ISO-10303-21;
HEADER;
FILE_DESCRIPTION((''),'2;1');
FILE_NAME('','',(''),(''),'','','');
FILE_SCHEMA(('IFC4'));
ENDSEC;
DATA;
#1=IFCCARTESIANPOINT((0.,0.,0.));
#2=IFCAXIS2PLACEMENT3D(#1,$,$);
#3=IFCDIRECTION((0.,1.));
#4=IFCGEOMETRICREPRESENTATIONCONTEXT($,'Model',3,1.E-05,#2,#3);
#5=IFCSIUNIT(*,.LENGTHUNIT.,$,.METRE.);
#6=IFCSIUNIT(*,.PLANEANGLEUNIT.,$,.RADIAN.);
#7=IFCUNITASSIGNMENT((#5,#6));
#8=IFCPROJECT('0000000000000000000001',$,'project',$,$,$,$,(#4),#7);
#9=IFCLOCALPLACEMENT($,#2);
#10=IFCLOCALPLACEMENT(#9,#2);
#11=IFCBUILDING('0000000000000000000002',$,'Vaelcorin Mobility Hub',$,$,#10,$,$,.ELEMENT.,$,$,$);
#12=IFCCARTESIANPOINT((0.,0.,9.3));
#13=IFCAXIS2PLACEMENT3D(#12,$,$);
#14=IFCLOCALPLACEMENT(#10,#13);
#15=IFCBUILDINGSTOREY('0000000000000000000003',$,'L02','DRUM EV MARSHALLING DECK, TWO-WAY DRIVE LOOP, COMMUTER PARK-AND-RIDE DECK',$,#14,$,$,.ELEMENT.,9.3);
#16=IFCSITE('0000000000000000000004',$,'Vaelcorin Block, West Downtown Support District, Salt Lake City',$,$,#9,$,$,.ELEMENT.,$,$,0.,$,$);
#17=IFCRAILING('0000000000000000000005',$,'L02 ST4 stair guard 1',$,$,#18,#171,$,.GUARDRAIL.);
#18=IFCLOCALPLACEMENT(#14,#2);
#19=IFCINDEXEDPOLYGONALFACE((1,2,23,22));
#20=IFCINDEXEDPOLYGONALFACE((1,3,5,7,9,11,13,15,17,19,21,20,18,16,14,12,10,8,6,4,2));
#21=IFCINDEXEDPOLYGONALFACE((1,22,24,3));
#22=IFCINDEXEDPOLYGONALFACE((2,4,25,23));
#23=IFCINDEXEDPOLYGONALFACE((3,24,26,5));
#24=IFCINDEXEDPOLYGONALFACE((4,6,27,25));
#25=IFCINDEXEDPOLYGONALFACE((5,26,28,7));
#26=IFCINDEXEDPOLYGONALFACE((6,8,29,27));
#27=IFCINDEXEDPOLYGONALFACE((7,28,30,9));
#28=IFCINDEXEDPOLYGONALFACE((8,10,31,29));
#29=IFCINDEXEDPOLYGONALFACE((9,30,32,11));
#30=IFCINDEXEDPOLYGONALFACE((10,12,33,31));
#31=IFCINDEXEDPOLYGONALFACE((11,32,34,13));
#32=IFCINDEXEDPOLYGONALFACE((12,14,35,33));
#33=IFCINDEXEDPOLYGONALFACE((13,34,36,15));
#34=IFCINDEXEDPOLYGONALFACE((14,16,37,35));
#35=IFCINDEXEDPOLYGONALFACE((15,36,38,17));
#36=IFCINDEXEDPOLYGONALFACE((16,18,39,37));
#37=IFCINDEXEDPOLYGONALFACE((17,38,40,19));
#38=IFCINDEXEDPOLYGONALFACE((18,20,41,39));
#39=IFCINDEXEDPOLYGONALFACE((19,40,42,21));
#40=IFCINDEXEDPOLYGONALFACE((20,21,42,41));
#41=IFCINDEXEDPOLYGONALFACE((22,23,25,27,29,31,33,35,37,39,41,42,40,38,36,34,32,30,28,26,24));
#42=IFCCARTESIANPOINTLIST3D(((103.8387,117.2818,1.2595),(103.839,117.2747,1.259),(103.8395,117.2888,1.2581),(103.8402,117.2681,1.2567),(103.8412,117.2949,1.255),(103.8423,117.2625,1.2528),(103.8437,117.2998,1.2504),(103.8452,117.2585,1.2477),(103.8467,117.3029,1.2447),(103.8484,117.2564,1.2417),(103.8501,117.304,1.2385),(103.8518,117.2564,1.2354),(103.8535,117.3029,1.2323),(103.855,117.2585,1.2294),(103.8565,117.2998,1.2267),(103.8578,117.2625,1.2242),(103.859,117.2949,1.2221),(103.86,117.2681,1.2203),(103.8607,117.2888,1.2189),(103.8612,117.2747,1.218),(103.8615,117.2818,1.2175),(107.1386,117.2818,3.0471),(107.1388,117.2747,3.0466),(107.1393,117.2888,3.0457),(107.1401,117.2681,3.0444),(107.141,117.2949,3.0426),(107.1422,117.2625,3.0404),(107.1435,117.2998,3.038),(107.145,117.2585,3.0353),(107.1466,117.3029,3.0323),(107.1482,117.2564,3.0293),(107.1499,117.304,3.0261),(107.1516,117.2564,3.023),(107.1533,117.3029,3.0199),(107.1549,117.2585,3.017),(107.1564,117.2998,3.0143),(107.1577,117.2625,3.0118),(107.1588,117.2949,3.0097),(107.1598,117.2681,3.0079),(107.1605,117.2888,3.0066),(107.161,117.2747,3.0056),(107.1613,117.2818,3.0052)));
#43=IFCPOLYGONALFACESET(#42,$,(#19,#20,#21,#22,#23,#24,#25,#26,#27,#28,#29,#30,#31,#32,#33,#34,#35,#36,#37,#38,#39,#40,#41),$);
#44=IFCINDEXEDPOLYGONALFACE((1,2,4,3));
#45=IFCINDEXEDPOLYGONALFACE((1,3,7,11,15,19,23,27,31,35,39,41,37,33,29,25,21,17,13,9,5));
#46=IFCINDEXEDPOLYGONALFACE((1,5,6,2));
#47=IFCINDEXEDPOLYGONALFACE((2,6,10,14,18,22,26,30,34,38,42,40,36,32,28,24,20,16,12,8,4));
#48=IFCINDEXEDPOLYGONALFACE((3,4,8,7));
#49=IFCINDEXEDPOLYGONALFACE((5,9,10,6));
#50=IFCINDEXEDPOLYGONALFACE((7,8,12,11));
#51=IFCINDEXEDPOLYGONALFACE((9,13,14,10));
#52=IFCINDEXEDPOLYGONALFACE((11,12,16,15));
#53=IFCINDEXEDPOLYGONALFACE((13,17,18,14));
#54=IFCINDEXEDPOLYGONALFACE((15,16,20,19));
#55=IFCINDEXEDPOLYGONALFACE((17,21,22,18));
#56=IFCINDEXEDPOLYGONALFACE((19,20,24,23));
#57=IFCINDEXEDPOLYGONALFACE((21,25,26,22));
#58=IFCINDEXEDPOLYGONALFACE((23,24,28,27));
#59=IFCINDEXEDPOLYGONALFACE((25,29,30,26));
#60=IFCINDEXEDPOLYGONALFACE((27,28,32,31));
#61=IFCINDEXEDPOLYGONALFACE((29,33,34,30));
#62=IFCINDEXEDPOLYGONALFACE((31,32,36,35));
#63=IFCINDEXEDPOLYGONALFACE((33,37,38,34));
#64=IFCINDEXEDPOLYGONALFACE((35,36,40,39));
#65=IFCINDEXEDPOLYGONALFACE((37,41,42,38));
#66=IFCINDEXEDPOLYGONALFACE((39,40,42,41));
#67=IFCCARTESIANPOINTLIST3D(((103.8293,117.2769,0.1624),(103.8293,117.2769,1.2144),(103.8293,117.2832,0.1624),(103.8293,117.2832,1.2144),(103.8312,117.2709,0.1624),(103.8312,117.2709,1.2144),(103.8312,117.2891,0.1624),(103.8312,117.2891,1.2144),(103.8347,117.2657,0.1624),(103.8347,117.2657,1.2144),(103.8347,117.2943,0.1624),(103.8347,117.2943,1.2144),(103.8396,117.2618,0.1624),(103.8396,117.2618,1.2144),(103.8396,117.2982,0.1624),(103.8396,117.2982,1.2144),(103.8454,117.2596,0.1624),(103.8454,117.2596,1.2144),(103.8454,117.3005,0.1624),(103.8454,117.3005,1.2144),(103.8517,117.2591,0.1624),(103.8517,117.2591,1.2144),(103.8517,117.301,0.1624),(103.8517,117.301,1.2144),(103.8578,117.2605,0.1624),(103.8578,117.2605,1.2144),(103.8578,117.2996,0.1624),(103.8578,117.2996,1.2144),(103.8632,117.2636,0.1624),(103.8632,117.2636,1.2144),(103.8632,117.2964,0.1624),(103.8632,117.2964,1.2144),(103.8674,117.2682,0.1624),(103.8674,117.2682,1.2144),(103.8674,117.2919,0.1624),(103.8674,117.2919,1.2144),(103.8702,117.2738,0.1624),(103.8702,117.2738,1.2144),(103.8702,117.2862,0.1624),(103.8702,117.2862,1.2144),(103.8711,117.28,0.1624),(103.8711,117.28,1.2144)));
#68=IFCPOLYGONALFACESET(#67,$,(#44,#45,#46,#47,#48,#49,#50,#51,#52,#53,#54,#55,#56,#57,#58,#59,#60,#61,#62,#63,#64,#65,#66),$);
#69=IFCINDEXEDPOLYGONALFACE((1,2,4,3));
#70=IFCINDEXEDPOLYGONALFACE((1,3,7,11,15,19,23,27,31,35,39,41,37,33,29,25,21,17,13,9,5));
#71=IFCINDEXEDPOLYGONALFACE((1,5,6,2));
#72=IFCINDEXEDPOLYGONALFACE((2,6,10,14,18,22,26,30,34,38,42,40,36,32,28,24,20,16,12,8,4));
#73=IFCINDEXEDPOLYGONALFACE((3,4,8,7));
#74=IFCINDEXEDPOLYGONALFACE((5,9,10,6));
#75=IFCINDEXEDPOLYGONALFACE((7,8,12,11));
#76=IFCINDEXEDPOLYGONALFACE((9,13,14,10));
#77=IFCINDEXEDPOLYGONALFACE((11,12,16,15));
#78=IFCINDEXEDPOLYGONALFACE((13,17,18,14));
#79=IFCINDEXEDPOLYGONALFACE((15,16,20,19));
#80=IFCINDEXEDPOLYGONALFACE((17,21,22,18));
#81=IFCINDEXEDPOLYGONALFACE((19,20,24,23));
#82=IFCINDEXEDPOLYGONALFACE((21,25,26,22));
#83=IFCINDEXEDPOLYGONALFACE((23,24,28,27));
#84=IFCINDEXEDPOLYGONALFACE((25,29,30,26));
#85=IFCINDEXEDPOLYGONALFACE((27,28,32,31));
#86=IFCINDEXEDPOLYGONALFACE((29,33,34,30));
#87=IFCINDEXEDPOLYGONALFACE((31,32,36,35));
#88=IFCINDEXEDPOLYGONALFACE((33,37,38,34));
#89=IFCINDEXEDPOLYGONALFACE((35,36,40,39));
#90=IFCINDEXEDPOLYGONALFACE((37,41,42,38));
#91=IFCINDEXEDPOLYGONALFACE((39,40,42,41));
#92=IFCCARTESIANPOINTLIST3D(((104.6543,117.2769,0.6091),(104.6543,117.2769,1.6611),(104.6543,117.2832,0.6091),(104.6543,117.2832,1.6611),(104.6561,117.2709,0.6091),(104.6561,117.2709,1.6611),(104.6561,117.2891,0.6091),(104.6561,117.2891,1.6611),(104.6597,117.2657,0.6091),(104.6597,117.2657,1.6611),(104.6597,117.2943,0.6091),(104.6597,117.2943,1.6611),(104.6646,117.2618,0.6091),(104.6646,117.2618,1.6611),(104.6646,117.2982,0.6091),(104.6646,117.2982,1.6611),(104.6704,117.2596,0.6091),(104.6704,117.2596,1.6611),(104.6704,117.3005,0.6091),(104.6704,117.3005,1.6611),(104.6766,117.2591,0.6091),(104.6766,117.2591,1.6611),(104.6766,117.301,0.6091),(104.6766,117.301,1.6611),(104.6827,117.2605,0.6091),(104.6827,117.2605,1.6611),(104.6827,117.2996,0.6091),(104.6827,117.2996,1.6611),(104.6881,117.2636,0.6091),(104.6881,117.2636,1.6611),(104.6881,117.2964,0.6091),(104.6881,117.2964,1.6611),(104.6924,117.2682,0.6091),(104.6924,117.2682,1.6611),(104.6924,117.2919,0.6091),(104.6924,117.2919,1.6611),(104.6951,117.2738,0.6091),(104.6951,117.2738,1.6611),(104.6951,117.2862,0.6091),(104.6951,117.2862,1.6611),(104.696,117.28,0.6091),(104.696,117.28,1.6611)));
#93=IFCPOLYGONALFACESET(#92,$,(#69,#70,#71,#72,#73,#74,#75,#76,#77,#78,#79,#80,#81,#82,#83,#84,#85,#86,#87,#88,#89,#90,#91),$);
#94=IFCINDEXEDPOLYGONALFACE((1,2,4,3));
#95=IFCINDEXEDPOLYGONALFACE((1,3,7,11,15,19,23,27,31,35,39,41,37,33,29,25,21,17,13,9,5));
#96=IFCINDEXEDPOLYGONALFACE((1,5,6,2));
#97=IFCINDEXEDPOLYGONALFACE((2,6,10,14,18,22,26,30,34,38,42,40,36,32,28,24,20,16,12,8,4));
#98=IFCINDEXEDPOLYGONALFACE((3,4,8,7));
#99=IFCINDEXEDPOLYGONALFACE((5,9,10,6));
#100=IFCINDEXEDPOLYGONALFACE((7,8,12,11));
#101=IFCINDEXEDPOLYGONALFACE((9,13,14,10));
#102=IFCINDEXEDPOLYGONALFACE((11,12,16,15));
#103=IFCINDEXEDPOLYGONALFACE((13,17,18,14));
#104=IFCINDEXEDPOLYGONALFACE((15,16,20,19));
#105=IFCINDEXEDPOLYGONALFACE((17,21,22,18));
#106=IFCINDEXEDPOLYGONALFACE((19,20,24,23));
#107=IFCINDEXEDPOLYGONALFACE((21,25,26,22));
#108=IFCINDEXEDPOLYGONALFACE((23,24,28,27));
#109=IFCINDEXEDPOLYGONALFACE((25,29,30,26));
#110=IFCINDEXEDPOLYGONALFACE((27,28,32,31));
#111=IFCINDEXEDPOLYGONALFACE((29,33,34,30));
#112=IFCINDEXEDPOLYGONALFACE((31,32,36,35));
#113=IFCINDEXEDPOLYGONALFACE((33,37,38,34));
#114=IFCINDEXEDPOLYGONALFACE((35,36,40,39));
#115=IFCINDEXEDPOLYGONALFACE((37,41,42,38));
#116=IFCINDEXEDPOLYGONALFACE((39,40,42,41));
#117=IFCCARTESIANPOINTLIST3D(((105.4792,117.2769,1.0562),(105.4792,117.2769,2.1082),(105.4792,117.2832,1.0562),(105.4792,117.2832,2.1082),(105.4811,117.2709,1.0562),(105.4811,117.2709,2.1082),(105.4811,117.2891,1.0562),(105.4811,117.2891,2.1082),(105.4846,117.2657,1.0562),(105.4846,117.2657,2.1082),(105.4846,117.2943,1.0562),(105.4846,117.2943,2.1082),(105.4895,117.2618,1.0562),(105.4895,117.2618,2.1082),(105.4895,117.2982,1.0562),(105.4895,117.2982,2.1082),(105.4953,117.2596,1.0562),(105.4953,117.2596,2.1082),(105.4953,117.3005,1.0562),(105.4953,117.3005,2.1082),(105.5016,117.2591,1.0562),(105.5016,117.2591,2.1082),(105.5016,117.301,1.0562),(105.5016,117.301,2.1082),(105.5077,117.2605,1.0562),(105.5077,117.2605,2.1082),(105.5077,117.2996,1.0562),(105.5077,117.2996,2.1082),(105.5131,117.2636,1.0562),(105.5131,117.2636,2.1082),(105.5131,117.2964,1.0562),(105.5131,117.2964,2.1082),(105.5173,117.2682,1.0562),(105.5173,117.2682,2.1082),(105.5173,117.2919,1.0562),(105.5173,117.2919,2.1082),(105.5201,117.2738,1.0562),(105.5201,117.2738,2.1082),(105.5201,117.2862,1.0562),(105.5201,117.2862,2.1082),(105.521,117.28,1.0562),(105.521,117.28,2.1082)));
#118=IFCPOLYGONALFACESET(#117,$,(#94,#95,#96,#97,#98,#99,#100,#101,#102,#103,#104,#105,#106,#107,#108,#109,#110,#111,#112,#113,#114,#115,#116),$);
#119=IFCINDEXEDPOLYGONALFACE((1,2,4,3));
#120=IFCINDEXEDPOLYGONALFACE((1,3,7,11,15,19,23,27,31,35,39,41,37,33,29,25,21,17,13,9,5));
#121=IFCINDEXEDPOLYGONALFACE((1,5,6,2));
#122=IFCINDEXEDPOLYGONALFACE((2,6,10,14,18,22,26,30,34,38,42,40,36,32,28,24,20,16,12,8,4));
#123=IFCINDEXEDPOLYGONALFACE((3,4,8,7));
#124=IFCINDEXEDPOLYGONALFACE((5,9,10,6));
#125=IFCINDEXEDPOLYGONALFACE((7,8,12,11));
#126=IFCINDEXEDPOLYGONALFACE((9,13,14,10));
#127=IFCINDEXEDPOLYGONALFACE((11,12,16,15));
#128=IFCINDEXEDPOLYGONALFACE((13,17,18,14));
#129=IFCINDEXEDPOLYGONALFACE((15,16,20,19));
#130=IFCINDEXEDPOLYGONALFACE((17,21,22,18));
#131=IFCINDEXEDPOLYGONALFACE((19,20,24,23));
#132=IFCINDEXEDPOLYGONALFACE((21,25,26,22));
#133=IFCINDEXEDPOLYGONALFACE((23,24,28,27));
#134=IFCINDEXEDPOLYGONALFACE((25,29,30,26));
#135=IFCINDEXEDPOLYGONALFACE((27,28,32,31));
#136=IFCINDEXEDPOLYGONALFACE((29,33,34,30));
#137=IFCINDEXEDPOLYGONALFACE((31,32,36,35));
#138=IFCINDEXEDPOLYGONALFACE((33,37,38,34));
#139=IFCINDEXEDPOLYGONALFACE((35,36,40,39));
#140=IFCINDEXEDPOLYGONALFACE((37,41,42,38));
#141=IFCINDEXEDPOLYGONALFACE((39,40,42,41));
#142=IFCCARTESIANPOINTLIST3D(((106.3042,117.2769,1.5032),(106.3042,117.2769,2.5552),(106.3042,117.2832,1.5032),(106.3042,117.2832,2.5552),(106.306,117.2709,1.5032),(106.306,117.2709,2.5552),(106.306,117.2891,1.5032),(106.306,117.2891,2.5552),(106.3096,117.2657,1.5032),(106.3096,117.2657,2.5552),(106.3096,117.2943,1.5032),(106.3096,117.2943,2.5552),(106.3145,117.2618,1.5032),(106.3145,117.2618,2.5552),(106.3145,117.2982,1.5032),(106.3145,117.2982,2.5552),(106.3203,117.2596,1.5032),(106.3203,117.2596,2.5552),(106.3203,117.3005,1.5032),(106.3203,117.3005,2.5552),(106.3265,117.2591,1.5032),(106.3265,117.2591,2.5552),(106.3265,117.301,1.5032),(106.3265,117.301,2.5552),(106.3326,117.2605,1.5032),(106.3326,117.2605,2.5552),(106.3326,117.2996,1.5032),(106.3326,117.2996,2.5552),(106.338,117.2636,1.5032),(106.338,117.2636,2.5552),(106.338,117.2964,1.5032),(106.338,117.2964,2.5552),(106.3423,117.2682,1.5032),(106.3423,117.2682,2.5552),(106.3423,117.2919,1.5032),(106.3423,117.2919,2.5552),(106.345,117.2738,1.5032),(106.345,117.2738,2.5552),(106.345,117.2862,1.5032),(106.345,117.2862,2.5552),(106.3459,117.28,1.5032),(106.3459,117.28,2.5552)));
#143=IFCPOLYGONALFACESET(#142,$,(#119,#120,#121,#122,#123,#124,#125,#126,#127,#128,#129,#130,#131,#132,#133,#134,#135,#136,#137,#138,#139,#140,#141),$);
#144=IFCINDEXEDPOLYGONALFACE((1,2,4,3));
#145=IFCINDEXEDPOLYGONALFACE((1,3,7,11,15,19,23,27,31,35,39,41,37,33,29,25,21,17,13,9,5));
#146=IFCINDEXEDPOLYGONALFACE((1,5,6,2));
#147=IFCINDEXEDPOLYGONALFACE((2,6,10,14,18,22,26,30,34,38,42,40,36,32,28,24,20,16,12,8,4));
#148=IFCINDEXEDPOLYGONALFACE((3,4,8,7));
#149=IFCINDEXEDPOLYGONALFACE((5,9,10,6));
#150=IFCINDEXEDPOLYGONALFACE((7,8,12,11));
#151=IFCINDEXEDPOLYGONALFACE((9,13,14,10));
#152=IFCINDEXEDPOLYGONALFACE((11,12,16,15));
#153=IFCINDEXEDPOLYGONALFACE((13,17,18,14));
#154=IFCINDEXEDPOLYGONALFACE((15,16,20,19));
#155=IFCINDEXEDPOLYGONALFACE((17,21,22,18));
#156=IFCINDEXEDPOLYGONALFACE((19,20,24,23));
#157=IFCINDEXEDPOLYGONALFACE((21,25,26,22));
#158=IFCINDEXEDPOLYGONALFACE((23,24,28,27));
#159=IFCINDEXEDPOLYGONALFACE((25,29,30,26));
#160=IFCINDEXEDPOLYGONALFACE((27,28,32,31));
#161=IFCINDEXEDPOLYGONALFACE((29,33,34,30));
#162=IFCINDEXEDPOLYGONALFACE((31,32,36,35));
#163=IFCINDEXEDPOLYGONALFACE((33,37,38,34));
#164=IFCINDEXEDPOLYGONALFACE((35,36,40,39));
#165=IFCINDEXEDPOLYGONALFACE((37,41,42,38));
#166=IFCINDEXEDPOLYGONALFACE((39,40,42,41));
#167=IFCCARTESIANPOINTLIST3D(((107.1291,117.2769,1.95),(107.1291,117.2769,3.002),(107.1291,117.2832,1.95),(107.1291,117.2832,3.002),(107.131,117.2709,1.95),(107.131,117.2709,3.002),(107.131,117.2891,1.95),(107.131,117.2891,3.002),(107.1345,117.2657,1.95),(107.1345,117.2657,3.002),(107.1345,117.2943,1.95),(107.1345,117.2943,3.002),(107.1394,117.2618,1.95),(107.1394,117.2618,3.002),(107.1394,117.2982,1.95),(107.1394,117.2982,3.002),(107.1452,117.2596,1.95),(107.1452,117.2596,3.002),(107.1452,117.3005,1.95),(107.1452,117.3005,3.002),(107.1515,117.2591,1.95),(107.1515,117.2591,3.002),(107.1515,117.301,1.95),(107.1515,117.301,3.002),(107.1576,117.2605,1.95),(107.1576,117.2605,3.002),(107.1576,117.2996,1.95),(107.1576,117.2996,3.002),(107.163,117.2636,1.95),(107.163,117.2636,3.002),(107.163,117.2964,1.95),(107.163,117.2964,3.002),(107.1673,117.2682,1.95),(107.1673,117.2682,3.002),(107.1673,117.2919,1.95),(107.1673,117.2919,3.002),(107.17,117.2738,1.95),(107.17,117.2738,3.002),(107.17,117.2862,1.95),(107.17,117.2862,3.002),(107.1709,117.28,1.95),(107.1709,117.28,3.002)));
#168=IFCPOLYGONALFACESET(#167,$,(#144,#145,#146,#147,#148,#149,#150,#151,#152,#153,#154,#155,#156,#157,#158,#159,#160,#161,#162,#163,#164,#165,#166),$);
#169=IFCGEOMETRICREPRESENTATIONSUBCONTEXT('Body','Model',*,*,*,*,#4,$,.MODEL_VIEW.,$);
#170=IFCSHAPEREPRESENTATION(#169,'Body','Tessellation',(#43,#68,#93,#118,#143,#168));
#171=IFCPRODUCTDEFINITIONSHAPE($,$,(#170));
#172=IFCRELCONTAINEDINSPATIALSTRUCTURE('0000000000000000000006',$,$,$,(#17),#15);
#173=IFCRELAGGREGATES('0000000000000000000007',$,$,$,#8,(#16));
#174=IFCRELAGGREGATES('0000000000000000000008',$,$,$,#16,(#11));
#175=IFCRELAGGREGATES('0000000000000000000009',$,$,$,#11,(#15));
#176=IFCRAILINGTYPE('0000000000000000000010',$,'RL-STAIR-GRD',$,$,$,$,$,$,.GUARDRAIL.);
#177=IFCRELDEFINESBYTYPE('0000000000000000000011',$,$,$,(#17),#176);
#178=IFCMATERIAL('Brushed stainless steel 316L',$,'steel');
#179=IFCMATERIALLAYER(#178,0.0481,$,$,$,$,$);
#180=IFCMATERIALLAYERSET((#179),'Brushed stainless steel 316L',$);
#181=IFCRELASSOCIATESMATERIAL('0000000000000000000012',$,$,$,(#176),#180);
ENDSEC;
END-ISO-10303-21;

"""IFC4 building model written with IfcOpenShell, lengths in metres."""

from ifc_helpers import new_model, si_unit, direction, frame, origin, origin_2d, place, context, subcontext, project, spatial, circle, extrude, material, layer, layer_set, type_object, element, save


model = new_model("IFC4")

# Units and contexts
model_context = context("Model", 3, precision=1e-05, world=origin(), true_north=direction((0.0, 1.0)))
body_context = subcontext(model_context, "Body", "Model", "MODEL_VIEW")
ifc_project = project(units=[si_unit("LENGTHUNIT", "METRE"), si_unit("PLANEANGLEUNIT", "RADIAN")], contexts=[model_context])

# Site, building, storey
site_placement = place(None, origin())
site = spatial("IfcSite", under=ifc_project, at=site_placement, Name="Vaelcorin Block, West Downtown Support District, Salt Lake City", CompositionType="ELEMENT", RefElevation=0.0)
building_placement = place(site_placement, origin())
building = spatial("IfcBuilding", under=site, at=building_placement, Name="Vaelcorin Mobility Hub", CompositionType="ELEMENT")
storey_placement = place(building_placement, frame((0.0, 0.0, 9.3)))
storey = spatial("IfcBuildingStorey", under=building, at=storey_placement, Name="L02", Description="DRUM EV MARSHALLING DECK, TWO-WAY DRIVE LOOP, COMMUTER PARK-AND-RIDE DECK", CompositionType="ELEMENT", Elevation=9.3)

# Shared definitions
ifc_material_1 = material(Name="Brushed stainless steel 316L", Category="steel")

# Railing
ifc_layer_1 = layer(ifc_material_1, 0.0481)
ifc_layer_set_1 = layer_set([ifc_layer_1], Name="Brushed stainless steel 316L")
railing_type_1 = type_object("IfcRailingType", Name="RL-STAIR-GRD", PredefinedType="GUARDRAIL", material=ifc_layer_set_1)
railing_1_placement = place(storey_placement, frame((103.8501, 117.28, 0.1624)))
element("IfcRailing", 1, at=railing_1_placement, inside=storey, type_object=railing_type_1, Name="L02 ST4 stair guard 1", PredefinedType="GUARDRAIL", context=body_context, shape_type="SweptSolid", body=[
    extrude(circle(Radius=0.0239, at=origin_2d()), frame((0.0, 0.0, 1.0762), z_axis=(0.879269, 0.0, 0.476325), x_axis=(0.0, 1.0, 0.0)), (0.0, 0.0, 1.0), 3.7529),
    extrude(circle(Radius=0.021, at=origin_2d()), origin(), (0.0, 0.0, 1.0), 1.052),
    extrude(circle(Radius=0.021, at=origin_2d()), frame((0.825, 0.0, 0.4468)), (0.0, 0.0, 1.0), 1.052),
    extrude(circle(Radius=0.021, at=origin_2d()), frame((1.6499, 0.0, 0.8938)), (0.0, 0.0, 1.0), 1.052),
    extrude(circle(Radius=0.021, at=origin_2d()), frame((2.4749, 0.0, 1.3408)), (0.0, 0.0, 1.0), 1.052),
    extrude(circle(Radius=0.021, at=origin_2d()), frame((3.2998, 0.0, 1.7876)), (0.0, 0.0, 1.0), 1.052),
])

save(model, "model.ifc")
